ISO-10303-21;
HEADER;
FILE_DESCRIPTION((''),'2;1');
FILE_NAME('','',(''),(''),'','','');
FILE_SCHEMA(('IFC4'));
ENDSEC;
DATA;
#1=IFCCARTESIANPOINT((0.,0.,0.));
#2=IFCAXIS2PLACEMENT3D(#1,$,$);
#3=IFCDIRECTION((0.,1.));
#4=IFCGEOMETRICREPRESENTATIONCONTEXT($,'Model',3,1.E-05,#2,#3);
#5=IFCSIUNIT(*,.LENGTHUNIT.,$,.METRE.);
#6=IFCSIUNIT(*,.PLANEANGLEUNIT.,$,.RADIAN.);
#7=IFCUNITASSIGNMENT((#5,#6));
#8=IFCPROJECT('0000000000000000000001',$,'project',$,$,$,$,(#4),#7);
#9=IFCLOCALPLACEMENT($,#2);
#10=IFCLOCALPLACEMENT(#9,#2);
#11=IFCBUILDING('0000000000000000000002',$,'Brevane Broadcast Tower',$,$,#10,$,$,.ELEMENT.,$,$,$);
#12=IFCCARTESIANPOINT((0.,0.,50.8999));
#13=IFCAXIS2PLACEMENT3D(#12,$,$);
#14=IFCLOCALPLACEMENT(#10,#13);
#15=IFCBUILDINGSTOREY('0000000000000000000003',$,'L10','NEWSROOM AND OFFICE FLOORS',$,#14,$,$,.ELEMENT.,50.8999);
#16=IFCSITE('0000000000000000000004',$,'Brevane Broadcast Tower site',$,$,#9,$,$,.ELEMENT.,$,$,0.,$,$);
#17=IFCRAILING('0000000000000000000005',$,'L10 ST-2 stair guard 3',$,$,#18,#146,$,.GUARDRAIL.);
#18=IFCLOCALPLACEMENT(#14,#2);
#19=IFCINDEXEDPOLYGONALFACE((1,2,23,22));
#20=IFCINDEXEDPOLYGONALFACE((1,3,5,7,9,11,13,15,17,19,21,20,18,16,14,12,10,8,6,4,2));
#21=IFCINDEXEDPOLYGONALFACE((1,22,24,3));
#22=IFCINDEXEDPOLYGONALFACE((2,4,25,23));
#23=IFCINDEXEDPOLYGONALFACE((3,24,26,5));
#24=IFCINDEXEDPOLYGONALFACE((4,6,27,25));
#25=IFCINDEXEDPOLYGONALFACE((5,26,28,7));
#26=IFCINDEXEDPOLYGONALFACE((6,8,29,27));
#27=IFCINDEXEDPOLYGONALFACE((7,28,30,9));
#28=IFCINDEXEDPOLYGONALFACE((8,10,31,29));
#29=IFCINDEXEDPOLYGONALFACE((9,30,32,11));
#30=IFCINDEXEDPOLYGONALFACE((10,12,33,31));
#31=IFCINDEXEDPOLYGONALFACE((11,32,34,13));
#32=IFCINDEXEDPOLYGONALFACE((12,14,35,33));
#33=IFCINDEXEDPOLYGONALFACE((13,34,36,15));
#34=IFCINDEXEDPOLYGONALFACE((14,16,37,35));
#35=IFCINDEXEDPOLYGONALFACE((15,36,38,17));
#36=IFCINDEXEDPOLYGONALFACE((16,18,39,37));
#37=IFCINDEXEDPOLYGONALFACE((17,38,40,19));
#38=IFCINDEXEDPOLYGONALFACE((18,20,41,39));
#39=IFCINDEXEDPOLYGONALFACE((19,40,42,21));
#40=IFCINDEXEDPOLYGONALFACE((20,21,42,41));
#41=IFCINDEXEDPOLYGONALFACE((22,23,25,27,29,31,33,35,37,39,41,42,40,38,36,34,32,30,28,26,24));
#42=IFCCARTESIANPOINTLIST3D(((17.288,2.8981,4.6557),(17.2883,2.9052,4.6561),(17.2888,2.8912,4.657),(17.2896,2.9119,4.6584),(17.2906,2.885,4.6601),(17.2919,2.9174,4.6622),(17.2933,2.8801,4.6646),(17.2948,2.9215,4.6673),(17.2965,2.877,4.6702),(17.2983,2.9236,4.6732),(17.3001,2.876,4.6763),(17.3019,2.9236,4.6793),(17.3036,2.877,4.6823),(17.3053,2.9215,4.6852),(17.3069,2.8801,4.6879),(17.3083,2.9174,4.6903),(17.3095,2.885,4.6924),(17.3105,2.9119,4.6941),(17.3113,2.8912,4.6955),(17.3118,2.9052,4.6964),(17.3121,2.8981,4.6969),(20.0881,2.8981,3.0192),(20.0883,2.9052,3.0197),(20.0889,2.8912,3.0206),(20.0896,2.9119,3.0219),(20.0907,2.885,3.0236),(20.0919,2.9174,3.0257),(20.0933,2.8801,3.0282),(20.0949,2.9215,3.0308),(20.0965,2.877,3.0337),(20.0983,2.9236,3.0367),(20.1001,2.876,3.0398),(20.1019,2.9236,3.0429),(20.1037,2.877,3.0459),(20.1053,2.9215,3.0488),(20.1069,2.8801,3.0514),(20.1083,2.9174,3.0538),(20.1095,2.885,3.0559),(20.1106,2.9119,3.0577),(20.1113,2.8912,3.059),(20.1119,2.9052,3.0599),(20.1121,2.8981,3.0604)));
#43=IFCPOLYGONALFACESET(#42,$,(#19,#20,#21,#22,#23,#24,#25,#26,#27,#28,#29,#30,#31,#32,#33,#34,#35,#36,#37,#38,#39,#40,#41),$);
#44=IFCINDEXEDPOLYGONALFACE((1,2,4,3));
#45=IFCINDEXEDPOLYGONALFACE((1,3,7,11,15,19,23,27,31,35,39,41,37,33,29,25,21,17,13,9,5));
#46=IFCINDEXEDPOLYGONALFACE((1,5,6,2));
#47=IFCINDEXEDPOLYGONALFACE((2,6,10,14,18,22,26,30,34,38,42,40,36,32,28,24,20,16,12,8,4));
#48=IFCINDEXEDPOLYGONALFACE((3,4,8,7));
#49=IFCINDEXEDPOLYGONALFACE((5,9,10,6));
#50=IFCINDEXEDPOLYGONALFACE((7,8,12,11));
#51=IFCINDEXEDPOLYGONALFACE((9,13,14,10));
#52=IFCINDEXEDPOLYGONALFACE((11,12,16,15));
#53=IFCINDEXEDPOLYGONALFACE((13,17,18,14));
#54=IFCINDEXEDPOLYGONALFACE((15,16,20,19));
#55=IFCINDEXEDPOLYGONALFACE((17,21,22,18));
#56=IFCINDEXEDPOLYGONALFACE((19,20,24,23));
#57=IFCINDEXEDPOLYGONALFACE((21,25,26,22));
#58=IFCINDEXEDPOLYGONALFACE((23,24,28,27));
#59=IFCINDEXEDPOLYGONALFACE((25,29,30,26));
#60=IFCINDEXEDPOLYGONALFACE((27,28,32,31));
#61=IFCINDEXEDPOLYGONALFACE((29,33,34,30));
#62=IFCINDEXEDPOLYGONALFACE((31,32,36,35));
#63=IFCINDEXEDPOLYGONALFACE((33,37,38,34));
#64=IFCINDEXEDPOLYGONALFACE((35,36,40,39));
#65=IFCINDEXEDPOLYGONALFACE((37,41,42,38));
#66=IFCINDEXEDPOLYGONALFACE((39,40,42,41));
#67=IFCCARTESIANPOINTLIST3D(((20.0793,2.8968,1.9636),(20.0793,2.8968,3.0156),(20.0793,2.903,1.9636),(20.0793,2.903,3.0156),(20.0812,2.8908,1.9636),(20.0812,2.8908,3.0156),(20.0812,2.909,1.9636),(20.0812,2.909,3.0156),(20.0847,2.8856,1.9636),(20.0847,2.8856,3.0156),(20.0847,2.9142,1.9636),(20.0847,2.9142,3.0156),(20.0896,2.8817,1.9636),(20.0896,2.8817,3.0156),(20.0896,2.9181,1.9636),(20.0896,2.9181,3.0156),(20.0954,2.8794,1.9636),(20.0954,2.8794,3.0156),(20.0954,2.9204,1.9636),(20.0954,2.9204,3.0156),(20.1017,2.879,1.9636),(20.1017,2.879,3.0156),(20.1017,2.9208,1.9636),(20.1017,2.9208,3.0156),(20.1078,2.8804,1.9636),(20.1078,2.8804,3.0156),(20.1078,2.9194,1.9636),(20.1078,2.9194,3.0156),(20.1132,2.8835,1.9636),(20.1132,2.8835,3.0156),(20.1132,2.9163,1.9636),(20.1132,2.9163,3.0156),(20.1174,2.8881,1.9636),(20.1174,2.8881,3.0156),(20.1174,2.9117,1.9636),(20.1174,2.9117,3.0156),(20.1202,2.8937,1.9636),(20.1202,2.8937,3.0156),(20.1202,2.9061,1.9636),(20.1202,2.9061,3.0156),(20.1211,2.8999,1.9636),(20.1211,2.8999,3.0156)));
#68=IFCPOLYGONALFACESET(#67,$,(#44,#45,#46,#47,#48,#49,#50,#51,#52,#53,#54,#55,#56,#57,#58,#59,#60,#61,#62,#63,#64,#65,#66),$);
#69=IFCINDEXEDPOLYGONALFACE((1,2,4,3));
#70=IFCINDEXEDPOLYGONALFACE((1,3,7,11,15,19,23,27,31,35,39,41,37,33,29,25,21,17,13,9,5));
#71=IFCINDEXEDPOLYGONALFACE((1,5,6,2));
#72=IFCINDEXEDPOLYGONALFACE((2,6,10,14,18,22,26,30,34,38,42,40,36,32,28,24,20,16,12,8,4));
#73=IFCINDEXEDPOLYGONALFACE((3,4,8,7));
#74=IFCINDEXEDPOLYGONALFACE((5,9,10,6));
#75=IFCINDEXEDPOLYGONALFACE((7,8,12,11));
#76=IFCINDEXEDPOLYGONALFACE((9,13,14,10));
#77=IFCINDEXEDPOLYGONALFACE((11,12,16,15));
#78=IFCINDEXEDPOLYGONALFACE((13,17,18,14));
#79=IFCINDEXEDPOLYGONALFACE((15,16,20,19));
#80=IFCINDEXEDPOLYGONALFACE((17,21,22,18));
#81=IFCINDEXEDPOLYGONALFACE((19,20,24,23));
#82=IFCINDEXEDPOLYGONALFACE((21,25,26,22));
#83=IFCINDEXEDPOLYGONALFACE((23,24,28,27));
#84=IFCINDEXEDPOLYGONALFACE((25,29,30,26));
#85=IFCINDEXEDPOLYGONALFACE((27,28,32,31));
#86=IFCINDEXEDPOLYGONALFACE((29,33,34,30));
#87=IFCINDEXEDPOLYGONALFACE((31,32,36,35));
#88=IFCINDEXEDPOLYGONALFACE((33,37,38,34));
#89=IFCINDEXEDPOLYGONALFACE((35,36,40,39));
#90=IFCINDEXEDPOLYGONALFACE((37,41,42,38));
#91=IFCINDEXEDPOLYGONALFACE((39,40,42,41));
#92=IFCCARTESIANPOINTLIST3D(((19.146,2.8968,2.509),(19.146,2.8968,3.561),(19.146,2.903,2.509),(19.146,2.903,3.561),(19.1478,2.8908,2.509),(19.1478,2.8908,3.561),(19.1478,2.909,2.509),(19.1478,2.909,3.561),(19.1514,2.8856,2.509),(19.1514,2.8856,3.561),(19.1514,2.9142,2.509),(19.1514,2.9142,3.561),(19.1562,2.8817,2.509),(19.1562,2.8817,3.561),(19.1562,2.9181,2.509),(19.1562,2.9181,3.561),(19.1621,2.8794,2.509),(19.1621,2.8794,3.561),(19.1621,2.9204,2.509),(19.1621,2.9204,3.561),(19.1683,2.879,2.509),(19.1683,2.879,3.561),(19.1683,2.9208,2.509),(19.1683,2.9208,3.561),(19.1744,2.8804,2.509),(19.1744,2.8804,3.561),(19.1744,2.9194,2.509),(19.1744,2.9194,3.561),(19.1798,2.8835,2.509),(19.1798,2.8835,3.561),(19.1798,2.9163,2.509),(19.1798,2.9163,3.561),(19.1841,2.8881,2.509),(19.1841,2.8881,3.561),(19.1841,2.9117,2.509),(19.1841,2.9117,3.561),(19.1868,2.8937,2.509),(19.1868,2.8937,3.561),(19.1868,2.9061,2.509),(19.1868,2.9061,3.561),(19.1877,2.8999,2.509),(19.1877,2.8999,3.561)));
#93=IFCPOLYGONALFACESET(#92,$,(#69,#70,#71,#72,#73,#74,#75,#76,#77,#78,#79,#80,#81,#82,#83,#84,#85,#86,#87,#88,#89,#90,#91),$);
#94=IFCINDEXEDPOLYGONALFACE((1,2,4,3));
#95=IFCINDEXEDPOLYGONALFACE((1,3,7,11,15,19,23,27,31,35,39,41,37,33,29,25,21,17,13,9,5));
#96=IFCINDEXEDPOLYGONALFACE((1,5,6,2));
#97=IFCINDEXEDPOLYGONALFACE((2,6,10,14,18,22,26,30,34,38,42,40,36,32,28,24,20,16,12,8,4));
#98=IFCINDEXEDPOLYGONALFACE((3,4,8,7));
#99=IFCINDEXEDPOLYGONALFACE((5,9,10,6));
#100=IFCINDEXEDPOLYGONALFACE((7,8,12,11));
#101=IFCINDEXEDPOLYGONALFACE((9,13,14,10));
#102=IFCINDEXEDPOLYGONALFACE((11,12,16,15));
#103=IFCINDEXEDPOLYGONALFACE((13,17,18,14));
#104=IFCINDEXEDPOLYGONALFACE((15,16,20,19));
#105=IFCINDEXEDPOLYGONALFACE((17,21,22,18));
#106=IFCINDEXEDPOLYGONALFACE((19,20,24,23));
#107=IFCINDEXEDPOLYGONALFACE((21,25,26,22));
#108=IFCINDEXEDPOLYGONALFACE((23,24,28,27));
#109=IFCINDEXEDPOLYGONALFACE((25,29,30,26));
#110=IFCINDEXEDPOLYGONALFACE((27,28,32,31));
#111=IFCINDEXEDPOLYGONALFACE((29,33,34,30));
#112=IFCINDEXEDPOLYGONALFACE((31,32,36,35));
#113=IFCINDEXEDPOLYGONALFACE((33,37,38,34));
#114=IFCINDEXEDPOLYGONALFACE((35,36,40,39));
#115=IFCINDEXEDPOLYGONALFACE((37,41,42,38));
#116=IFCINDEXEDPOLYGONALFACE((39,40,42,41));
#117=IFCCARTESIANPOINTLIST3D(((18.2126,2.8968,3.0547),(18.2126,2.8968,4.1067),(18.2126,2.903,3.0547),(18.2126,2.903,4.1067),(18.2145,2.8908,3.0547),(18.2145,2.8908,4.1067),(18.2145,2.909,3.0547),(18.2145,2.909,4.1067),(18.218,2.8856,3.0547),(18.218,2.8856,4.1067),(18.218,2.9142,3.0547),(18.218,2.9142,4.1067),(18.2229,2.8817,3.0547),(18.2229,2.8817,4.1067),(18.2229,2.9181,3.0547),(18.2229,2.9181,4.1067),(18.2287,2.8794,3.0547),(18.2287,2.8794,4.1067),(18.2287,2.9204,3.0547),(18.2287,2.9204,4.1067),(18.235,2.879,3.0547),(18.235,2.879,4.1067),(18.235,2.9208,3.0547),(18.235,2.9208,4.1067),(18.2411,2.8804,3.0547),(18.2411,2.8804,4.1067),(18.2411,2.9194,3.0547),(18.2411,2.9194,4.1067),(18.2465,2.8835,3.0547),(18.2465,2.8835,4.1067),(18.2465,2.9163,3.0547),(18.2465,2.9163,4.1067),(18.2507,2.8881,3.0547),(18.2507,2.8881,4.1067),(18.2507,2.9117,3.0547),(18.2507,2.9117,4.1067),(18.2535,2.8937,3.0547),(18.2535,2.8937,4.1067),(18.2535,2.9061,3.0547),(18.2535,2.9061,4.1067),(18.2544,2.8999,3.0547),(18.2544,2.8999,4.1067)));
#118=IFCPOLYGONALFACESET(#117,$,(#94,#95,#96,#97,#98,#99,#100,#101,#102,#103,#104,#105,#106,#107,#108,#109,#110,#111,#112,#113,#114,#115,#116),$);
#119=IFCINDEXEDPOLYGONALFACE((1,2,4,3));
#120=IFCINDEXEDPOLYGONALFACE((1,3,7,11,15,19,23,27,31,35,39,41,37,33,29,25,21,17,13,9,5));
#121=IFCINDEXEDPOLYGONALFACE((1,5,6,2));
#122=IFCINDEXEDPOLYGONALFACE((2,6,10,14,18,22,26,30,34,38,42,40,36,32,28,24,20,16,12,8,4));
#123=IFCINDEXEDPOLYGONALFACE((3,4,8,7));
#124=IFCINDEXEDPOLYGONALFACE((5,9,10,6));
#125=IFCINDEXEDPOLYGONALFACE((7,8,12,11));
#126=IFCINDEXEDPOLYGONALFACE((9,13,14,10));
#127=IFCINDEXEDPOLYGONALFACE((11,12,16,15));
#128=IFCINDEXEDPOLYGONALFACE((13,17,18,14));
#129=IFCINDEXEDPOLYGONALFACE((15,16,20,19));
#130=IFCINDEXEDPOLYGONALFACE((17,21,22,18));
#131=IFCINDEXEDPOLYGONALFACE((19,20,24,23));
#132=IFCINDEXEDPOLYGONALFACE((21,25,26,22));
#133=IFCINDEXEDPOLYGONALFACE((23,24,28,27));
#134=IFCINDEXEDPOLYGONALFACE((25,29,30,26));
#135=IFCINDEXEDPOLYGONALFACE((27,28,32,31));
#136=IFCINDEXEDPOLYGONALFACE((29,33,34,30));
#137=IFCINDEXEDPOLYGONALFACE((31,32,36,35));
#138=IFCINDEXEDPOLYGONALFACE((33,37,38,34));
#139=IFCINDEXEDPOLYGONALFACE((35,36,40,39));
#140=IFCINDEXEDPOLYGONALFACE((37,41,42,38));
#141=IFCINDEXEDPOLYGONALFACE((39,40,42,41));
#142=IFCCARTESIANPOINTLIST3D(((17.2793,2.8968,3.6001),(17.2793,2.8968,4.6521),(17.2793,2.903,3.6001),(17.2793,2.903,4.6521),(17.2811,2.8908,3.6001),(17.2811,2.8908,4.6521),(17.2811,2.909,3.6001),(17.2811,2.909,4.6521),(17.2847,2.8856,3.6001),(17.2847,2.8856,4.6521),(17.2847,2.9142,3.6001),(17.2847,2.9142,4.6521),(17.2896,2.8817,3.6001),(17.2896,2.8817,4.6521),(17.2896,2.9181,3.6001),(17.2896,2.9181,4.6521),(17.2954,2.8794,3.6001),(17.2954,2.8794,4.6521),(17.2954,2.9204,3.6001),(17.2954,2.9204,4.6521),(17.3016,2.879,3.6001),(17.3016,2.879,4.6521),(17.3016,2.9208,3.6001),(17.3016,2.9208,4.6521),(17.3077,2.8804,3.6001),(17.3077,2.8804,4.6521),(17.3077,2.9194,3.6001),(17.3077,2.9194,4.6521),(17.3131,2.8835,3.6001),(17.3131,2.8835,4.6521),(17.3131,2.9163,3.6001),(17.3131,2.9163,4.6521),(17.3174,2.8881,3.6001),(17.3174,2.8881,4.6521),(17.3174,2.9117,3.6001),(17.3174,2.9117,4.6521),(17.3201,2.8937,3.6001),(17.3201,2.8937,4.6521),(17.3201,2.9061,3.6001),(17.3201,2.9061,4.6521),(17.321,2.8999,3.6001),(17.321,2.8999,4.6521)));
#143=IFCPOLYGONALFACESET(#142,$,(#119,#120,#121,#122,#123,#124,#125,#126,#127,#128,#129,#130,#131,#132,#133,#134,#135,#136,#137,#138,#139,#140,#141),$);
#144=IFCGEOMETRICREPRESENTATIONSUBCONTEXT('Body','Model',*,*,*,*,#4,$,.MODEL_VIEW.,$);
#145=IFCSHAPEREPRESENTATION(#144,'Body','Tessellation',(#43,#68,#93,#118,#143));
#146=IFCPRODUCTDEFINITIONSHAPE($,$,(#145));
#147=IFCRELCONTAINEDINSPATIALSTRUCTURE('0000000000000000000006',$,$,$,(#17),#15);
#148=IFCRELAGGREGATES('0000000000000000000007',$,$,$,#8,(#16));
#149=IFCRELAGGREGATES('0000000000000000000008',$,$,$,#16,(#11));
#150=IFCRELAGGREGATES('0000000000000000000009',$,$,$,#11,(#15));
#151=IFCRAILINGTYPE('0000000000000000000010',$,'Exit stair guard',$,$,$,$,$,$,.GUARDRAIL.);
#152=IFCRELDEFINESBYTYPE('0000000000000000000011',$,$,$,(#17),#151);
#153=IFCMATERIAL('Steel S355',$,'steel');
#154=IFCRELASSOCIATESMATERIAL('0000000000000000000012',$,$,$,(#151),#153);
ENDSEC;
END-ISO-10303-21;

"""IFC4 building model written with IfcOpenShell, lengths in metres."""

from ifc_helpers import new_model, si_unit, direction, frame, origin, origin_2d, place, context, subcontext, project, spatial, circle, extrude, material, type_object, element, save


model = new_model("IFC4")

# Units and contexts
model_context = context("Model", 3, precision=1e-05, world=origin(), true_north=direction((0.0, 1.0)))
body_context = subcontext(model_context, "Body", "Model", "MODEL_VIEW")
ifc_project = project(units=[si_unit("LENGTHUNIT", "METRE"), si_unit("PLANEANGLEUNIT", "RADIAN")], contexts=[model_context])

# Site, building, storey
site_placement = place(None, origin())
site = spatial("IfcSite", under=ifc_project, at=site_placement, Name="Brevane Broadcast Tower site", CompositionType="ELEMENT", RefElevation=0.0)
building_placement = place(site_placement, origin())
building = spatial("IfcBuilding", under=site, at=building_placement, Name="Brevane Broadcast Tower", CompositionType="ELEMENT")
storey_placement = place(building_placement, frame((0.0, 0.0, 50.8999)))
storey = spatial("IfcBuildingStorey", under=building, at=storey_placement, Name="L10", Description="NEWSROOM AND OFFICE FLOORS", CompositionType="ELEMENT", Elevation=50.8999)

# Railing
ifc_material_1 = material(Name="Steel S355", Category="steel")
railing_type_1 = type_object("IfcRailingType", Name="Exit stair guard", PredefinedType="GUARDRAIL", material=ifc_material_1)
railing_1_placement = place(storey_placement, frame((20.1001, 2.8999, 1.9636)))
element("IfcRailing", 1, at=railing_1_placement, inside=storey, type_object=railing_type_1, Name="L10 ST-2 stair guard 3", PredefinedType="GUARDRAIL", context=body_context, shape_type="SweptSolid", body=[
    extrude(circle(Radius=0.0239, at=origin_2d()), frame((0.0, 0.0, 1.0762), z_axis=(-0.863361, 0.0, 0.504587), x_axis=(0.0, -1.0, 0.0)), (0.0, 0.0, 1.0), 3.2432),
    extrude(circle(Radius=0.021, at=origin_2d()), origin(), (0.0, 0.0, 1.0), 1.052),
    extrude(circle(Radius=0.021, at=origin_2d()), frame((-0.9333, 0.0, 0.5454)), (0.0, 0.0, 1.0), 1.052),
    extrude(circle(Radius=0.021, at=origin_2d()), frame((-1.8667, 0.0, 1.0911)), (0.0, 0.0, 1.0), 1.052),
    extrude(circle(Radius=0.021, at=origin_2d()), frame((-2.8, 0.0, 1.6365)), (0.0, 0.0, 1.0), 1.052),
])

save(model, "model.ifc")
